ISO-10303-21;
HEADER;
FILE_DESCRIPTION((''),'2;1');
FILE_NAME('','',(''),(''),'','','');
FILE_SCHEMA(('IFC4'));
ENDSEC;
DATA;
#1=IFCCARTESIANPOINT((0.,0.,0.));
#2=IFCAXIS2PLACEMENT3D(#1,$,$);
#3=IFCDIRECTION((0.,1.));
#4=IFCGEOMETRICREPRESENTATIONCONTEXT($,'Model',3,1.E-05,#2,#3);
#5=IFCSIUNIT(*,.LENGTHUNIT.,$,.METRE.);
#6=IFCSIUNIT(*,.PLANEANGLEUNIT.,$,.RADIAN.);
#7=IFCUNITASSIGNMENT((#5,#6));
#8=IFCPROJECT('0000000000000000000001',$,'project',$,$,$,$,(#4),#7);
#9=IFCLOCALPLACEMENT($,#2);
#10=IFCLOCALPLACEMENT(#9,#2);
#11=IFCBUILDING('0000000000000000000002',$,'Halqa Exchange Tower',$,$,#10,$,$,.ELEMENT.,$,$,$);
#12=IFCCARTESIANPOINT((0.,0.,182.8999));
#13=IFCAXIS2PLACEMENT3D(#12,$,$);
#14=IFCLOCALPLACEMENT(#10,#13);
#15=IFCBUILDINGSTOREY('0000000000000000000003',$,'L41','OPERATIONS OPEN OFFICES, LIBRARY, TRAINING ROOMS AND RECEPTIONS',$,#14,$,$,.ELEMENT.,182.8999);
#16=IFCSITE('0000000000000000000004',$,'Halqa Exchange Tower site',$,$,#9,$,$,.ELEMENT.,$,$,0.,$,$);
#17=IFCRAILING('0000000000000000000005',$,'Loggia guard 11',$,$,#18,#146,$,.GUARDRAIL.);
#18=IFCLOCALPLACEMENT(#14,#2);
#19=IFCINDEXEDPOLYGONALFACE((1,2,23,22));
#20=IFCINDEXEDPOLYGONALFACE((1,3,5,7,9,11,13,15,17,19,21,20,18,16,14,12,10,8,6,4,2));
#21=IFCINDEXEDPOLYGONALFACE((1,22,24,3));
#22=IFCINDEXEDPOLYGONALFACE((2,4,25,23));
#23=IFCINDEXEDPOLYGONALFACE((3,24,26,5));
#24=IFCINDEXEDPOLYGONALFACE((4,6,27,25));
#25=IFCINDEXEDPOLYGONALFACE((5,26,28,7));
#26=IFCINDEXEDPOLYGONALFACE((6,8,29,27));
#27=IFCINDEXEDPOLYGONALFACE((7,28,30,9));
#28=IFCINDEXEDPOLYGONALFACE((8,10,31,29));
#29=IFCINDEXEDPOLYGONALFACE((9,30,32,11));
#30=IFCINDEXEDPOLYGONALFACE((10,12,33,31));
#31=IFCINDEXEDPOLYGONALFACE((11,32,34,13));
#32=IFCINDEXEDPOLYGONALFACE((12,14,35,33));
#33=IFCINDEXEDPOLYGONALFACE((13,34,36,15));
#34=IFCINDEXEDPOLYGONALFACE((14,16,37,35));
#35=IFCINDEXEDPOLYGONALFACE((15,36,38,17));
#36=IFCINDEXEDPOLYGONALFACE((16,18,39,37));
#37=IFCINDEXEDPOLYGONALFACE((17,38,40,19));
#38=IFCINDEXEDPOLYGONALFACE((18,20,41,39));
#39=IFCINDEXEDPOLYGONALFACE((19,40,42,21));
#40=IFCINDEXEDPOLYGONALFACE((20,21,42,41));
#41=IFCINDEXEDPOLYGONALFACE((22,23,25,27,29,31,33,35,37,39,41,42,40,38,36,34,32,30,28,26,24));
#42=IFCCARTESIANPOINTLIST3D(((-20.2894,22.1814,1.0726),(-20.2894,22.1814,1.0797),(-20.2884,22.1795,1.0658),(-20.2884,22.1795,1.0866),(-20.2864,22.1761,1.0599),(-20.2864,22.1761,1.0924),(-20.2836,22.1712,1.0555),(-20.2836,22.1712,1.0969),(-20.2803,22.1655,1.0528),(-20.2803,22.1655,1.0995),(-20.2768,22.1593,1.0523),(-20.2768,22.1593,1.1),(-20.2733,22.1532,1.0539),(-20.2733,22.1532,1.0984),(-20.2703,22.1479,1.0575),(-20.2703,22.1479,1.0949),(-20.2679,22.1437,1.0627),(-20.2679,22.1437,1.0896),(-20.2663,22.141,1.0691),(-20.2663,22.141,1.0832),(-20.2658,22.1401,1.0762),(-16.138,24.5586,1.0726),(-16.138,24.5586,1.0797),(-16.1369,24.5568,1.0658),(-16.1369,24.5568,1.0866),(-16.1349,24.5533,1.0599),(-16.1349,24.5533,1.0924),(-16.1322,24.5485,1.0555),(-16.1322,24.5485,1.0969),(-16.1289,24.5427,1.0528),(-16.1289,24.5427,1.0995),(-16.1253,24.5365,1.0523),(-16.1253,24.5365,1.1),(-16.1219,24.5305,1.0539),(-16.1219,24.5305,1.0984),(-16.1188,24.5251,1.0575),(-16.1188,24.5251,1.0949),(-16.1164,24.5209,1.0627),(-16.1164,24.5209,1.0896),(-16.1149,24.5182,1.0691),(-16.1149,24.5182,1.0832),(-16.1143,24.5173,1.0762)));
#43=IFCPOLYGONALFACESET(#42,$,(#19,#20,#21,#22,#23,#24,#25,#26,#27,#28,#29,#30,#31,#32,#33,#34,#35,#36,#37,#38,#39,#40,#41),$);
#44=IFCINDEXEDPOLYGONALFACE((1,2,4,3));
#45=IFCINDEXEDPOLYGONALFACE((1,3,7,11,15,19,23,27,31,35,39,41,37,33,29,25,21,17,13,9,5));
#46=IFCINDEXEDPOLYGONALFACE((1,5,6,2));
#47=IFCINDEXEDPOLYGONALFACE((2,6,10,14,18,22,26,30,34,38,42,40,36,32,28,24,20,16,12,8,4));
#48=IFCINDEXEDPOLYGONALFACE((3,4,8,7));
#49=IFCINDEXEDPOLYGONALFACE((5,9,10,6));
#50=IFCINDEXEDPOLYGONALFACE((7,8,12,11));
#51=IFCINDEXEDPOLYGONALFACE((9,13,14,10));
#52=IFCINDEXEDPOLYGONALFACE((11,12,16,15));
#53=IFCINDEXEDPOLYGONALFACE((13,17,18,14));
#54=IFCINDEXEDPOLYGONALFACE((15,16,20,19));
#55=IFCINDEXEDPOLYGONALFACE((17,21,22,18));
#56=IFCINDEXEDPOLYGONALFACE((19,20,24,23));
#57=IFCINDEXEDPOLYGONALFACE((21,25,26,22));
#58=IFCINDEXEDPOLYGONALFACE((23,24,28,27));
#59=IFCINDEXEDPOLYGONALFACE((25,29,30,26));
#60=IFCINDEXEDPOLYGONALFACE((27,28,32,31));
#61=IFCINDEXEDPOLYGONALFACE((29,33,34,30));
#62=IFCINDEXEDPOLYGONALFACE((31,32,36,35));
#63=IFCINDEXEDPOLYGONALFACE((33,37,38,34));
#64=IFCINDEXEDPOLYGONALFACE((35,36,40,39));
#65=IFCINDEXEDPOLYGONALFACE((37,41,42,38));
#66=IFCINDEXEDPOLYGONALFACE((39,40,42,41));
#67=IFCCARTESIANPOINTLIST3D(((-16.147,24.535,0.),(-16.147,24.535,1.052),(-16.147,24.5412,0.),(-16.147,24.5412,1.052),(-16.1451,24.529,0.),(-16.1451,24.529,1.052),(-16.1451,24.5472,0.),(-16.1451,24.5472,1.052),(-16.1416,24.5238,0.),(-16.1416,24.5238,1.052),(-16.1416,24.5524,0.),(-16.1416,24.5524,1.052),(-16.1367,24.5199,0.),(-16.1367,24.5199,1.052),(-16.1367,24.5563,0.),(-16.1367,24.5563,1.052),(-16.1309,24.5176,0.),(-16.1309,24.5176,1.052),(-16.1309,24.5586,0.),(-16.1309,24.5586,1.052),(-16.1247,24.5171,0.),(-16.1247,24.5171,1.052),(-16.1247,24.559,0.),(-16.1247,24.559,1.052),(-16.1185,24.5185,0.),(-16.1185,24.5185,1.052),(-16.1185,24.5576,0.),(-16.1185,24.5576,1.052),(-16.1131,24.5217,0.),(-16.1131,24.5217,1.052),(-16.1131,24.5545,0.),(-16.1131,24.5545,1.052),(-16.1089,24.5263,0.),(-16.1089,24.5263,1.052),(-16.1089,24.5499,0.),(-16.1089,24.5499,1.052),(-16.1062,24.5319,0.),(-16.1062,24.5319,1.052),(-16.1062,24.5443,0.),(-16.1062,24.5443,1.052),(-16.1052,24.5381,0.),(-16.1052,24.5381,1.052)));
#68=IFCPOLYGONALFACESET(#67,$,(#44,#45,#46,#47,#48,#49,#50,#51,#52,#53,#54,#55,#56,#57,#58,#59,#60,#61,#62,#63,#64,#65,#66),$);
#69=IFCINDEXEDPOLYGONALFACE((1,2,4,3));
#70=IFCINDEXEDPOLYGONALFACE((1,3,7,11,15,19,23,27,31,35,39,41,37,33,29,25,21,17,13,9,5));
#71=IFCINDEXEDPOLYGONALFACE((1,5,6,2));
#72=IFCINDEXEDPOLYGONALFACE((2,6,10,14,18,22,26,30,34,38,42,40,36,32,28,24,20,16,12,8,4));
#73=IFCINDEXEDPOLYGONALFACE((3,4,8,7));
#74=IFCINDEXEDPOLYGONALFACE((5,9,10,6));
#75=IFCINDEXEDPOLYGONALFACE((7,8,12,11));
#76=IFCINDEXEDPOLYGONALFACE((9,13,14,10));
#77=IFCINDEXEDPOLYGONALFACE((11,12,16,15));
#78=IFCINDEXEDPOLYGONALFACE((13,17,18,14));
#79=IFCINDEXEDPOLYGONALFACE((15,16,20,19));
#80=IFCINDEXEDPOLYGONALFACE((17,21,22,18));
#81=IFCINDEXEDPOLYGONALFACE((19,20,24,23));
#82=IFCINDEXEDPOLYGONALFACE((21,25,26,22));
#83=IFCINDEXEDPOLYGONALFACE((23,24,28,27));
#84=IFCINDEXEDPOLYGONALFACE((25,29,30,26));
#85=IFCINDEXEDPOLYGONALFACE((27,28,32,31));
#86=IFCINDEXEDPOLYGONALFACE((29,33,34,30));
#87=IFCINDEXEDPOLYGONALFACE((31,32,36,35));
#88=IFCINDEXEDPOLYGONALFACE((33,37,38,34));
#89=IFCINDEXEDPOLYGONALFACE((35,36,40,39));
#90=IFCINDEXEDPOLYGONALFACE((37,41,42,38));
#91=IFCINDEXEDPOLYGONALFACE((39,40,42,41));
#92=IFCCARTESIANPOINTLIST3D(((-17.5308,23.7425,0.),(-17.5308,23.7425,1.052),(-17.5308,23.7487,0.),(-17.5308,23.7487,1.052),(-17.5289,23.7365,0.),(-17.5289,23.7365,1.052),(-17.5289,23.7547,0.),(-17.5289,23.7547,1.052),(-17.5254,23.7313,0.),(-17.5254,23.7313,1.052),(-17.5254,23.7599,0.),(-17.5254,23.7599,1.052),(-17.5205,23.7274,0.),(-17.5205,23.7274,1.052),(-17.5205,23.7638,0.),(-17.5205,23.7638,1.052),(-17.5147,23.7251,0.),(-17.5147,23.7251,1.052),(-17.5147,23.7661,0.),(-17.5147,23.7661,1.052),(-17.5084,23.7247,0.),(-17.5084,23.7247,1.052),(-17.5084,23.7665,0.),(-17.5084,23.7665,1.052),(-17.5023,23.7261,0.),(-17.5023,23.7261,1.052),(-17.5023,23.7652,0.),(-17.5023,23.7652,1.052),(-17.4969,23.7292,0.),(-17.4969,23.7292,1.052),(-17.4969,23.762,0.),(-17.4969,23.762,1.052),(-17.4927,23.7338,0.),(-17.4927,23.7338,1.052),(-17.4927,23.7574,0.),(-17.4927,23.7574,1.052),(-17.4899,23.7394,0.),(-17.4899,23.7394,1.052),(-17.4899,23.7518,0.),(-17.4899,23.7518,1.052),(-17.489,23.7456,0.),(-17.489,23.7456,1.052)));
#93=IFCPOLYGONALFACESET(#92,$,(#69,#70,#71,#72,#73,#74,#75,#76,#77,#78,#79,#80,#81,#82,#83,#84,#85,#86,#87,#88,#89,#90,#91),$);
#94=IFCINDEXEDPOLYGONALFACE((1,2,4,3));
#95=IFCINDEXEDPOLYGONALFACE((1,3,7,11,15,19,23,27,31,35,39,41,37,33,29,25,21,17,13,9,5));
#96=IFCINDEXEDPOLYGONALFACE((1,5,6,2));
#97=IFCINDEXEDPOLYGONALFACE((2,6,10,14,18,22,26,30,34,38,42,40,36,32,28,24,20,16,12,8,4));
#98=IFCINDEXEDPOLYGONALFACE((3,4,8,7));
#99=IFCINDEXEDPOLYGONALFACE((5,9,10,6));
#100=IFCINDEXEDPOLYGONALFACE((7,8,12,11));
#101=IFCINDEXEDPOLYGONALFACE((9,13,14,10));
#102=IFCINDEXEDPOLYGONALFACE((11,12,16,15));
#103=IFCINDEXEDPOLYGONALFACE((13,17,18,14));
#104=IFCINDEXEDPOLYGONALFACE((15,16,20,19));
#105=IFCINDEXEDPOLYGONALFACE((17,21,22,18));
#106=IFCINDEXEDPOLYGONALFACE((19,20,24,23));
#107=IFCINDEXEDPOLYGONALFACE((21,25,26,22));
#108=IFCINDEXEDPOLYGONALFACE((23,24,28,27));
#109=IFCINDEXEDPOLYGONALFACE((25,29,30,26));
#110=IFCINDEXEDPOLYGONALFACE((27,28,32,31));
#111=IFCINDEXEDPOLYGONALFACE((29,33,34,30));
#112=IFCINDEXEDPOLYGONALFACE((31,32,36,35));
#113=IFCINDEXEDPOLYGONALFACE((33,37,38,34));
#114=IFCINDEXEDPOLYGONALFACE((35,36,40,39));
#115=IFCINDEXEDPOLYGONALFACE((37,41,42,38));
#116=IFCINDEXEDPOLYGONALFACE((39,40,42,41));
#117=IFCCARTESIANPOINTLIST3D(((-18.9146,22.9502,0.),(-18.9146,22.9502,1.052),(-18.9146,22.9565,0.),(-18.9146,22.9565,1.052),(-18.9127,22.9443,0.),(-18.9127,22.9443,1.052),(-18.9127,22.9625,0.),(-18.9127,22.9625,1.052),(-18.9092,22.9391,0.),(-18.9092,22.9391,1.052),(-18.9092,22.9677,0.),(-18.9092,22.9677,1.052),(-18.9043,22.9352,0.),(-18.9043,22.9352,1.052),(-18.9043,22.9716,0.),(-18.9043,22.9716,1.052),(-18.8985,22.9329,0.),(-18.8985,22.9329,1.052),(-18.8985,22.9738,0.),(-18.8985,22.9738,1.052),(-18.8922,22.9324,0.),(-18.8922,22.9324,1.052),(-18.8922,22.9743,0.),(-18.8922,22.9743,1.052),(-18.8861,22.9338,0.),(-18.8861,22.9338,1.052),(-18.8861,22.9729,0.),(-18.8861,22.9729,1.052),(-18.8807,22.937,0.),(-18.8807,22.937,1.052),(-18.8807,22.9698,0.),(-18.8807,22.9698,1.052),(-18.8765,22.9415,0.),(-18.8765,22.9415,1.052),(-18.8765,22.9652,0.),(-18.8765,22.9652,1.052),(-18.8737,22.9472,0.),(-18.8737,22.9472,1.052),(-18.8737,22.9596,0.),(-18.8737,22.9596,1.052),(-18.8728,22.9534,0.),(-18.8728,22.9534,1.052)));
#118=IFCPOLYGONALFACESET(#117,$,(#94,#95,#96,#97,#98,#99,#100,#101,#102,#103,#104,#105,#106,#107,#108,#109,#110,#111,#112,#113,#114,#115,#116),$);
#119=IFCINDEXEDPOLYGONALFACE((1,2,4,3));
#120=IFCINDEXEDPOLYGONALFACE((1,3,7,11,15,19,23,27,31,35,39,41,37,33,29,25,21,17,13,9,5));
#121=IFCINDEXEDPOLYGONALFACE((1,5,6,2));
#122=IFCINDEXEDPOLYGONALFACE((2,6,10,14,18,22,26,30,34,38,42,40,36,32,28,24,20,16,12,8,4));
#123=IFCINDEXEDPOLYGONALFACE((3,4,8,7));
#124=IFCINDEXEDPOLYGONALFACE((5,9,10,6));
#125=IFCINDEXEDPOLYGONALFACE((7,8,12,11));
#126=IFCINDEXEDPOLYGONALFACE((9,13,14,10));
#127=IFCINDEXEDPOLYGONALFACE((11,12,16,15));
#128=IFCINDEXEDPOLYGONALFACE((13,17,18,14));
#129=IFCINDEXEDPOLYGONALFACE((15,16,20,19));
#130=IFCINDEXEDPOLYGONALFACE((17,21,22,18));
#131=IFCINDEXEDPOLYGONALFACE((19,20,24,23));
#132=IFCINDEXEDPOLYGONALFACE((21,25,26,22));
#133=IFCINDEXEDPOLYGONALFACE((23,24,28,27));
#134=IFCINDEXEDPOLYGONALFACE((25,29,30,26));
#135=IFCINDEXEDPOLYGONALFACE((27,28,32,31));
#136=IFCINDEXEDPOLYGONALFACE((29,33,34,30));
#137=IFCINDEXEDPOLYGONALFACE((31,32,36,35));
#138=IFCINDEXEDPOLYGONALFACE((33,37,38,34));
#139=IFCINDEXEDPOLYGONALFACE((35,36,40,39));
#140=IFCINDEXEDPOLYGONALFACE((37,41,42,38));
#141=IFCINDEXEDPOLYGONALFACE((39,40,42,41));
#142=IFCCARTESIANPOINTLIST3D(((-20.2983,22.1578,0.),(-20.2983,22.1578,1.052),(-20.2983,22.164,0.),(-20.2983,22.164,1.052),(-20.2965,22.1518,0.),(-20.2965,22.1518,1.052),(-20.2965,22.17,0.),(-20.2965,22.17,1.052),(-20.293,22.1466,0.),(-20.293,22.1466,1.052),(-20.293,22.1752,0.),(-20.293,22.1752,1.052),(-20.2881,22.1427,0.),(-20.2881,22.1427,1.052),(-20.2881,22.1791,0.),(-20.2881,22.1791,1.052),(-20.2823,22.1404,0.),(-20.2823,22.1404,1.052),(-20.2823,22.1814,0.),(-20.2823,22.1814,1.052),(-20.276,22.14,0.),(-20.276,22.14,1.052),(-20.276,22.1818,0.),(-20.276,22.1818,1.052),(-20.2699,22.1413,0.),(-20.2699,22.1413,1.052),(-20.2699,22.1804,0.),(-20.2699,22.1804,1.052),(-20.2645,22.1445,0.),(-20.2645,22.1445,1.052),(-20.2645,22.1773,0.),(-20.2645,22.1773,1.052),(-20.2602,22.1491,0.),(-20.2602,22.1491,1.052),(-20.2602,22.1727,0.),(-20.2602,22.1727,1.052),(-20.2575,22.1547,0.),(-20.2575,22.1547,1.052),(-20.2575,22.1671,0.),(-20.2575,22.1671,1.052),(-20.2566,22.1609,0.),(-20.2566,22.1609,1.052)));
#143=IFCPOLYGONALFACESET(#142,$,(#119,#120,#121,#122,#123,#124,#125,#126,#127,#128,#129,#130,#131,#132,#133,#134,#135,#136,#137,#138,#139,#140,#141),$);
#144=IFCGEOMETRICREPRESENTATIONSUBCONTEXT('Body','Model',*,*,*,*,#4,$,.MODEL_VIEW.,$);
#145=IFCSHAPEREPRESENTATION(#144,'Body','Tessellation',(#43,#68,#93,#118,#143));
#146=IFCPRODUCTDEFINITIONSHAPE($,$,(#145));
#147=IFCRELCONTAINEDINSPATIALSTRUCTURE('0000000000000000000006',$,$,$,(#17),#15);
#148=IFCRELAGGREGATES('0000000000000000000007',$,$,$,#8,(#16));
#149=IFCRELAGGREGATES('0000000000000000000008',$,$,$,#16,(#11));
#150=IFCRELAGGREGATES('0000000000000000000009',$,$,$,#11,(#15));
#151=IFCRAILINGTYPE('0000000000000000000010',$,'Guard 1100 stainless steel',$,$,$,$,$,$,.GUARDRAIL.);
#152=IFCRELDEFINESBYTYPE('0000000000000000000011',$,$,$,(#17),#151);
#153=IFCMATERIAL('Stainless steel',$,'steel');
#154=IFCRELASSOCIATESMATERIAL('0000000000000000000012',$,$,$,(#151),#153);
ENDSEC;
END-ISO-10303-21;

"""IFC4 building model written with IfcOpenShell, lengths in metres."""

from ifc_helpers import new_model, si_unit, direction, frame, origin, origin_2d, place, context, subcontext, project, spatial, circle, extrude, material, type_object, element, save


model = new_model("IFC4")

# Units and contexts
model_context = context("Model", 3, precision=1e-05, world=origin(), true_north=direction((0.0, 1.0)))
body_context = subcontext(model_context, "Body", "Model", "MODEL_VIEW")
ifc_project = project(units=[si_unit("LENGTHUNIT", "METRE"), si_unit("PLANEANGLEUNIT", "RADIAN")], contexts=[model_context])

# Site, building, storey
site_placement = place(None, origin())
site = spatial("IfcSite", under=ifc_project, at=site_placement, Name="Halqa Exchange Tower site", CompositionType="ELEMENT", RefElevation=0.0)
building_placement = place(site_placement, origin())
building = spatial("IfcBuilding", under=site, at=building_placement, Name="Halqa Exchange Tower", CompositionType="ELEMENT")
storey_placement = place(building_placement, frame((0.0, 0.0, 182.8999)))
storey = spatial("IfcBuildingStorey", under=building, at=storey_placement, Name="L41", Description="OPERATIONS OPEN OFFICES, LIBRARY, TRAINING ROOMS AND RECEPTIONS", CompositionType="ELEMENT", Elevation=182.8999)

# Railing
ifc_material_1 = material(Name="Stainless steel", Category="steel")
railing_type = type_object("IfcRailingType", Name="Guard 1100 stainless steel", PredefinedType="GUARDRAIL", material=ifc_material_1)
railing_1_placement = place(storey_placement, frame((-16.1262, 24.5381, 0.0)))
element("IfcRailing", 1, at=railing_1_placement, inside=storey, type_object=railing_type, Name="Loggia guard 11", PredefinedType="GUARDRAIL", context=body_context, shape_type="SweptSolid", body=[
    extrude(circle(Radius=0.0239, at=origin_2d()), frame((0.0, 0.0, 1.0762), z_axis=(-0.867794, -0.496925, 0.0), x_axis=(0.496925, -0.867794, 0.0)), (0.0, 0.0, 1.0), 4.7839),
    extrude(circle(Radius=0.021, at=origin_2d()), origin(), (0.0, 0.0, 1.0), 1.052),
    extrude(circle(Radius=0.021, at=origin_2d()), frame((-1.3838, -0.7925, 0.0)), (0.0, 0.0, 1.0), 1.052),
    extrude(circle(Radius=0.021, at=origin_2d()), frame((-2.7676, -1.5847, 0.0)), (0.0, 0.0, 1.0), 1.052),
    extrude(circle(Radius=0.021, at=origin_2d()), frame((-4.1514, -2.3772, 0.0)), (0.0, 0.0, 1.0), 1.052),
])

save(model, "model.ifc")
